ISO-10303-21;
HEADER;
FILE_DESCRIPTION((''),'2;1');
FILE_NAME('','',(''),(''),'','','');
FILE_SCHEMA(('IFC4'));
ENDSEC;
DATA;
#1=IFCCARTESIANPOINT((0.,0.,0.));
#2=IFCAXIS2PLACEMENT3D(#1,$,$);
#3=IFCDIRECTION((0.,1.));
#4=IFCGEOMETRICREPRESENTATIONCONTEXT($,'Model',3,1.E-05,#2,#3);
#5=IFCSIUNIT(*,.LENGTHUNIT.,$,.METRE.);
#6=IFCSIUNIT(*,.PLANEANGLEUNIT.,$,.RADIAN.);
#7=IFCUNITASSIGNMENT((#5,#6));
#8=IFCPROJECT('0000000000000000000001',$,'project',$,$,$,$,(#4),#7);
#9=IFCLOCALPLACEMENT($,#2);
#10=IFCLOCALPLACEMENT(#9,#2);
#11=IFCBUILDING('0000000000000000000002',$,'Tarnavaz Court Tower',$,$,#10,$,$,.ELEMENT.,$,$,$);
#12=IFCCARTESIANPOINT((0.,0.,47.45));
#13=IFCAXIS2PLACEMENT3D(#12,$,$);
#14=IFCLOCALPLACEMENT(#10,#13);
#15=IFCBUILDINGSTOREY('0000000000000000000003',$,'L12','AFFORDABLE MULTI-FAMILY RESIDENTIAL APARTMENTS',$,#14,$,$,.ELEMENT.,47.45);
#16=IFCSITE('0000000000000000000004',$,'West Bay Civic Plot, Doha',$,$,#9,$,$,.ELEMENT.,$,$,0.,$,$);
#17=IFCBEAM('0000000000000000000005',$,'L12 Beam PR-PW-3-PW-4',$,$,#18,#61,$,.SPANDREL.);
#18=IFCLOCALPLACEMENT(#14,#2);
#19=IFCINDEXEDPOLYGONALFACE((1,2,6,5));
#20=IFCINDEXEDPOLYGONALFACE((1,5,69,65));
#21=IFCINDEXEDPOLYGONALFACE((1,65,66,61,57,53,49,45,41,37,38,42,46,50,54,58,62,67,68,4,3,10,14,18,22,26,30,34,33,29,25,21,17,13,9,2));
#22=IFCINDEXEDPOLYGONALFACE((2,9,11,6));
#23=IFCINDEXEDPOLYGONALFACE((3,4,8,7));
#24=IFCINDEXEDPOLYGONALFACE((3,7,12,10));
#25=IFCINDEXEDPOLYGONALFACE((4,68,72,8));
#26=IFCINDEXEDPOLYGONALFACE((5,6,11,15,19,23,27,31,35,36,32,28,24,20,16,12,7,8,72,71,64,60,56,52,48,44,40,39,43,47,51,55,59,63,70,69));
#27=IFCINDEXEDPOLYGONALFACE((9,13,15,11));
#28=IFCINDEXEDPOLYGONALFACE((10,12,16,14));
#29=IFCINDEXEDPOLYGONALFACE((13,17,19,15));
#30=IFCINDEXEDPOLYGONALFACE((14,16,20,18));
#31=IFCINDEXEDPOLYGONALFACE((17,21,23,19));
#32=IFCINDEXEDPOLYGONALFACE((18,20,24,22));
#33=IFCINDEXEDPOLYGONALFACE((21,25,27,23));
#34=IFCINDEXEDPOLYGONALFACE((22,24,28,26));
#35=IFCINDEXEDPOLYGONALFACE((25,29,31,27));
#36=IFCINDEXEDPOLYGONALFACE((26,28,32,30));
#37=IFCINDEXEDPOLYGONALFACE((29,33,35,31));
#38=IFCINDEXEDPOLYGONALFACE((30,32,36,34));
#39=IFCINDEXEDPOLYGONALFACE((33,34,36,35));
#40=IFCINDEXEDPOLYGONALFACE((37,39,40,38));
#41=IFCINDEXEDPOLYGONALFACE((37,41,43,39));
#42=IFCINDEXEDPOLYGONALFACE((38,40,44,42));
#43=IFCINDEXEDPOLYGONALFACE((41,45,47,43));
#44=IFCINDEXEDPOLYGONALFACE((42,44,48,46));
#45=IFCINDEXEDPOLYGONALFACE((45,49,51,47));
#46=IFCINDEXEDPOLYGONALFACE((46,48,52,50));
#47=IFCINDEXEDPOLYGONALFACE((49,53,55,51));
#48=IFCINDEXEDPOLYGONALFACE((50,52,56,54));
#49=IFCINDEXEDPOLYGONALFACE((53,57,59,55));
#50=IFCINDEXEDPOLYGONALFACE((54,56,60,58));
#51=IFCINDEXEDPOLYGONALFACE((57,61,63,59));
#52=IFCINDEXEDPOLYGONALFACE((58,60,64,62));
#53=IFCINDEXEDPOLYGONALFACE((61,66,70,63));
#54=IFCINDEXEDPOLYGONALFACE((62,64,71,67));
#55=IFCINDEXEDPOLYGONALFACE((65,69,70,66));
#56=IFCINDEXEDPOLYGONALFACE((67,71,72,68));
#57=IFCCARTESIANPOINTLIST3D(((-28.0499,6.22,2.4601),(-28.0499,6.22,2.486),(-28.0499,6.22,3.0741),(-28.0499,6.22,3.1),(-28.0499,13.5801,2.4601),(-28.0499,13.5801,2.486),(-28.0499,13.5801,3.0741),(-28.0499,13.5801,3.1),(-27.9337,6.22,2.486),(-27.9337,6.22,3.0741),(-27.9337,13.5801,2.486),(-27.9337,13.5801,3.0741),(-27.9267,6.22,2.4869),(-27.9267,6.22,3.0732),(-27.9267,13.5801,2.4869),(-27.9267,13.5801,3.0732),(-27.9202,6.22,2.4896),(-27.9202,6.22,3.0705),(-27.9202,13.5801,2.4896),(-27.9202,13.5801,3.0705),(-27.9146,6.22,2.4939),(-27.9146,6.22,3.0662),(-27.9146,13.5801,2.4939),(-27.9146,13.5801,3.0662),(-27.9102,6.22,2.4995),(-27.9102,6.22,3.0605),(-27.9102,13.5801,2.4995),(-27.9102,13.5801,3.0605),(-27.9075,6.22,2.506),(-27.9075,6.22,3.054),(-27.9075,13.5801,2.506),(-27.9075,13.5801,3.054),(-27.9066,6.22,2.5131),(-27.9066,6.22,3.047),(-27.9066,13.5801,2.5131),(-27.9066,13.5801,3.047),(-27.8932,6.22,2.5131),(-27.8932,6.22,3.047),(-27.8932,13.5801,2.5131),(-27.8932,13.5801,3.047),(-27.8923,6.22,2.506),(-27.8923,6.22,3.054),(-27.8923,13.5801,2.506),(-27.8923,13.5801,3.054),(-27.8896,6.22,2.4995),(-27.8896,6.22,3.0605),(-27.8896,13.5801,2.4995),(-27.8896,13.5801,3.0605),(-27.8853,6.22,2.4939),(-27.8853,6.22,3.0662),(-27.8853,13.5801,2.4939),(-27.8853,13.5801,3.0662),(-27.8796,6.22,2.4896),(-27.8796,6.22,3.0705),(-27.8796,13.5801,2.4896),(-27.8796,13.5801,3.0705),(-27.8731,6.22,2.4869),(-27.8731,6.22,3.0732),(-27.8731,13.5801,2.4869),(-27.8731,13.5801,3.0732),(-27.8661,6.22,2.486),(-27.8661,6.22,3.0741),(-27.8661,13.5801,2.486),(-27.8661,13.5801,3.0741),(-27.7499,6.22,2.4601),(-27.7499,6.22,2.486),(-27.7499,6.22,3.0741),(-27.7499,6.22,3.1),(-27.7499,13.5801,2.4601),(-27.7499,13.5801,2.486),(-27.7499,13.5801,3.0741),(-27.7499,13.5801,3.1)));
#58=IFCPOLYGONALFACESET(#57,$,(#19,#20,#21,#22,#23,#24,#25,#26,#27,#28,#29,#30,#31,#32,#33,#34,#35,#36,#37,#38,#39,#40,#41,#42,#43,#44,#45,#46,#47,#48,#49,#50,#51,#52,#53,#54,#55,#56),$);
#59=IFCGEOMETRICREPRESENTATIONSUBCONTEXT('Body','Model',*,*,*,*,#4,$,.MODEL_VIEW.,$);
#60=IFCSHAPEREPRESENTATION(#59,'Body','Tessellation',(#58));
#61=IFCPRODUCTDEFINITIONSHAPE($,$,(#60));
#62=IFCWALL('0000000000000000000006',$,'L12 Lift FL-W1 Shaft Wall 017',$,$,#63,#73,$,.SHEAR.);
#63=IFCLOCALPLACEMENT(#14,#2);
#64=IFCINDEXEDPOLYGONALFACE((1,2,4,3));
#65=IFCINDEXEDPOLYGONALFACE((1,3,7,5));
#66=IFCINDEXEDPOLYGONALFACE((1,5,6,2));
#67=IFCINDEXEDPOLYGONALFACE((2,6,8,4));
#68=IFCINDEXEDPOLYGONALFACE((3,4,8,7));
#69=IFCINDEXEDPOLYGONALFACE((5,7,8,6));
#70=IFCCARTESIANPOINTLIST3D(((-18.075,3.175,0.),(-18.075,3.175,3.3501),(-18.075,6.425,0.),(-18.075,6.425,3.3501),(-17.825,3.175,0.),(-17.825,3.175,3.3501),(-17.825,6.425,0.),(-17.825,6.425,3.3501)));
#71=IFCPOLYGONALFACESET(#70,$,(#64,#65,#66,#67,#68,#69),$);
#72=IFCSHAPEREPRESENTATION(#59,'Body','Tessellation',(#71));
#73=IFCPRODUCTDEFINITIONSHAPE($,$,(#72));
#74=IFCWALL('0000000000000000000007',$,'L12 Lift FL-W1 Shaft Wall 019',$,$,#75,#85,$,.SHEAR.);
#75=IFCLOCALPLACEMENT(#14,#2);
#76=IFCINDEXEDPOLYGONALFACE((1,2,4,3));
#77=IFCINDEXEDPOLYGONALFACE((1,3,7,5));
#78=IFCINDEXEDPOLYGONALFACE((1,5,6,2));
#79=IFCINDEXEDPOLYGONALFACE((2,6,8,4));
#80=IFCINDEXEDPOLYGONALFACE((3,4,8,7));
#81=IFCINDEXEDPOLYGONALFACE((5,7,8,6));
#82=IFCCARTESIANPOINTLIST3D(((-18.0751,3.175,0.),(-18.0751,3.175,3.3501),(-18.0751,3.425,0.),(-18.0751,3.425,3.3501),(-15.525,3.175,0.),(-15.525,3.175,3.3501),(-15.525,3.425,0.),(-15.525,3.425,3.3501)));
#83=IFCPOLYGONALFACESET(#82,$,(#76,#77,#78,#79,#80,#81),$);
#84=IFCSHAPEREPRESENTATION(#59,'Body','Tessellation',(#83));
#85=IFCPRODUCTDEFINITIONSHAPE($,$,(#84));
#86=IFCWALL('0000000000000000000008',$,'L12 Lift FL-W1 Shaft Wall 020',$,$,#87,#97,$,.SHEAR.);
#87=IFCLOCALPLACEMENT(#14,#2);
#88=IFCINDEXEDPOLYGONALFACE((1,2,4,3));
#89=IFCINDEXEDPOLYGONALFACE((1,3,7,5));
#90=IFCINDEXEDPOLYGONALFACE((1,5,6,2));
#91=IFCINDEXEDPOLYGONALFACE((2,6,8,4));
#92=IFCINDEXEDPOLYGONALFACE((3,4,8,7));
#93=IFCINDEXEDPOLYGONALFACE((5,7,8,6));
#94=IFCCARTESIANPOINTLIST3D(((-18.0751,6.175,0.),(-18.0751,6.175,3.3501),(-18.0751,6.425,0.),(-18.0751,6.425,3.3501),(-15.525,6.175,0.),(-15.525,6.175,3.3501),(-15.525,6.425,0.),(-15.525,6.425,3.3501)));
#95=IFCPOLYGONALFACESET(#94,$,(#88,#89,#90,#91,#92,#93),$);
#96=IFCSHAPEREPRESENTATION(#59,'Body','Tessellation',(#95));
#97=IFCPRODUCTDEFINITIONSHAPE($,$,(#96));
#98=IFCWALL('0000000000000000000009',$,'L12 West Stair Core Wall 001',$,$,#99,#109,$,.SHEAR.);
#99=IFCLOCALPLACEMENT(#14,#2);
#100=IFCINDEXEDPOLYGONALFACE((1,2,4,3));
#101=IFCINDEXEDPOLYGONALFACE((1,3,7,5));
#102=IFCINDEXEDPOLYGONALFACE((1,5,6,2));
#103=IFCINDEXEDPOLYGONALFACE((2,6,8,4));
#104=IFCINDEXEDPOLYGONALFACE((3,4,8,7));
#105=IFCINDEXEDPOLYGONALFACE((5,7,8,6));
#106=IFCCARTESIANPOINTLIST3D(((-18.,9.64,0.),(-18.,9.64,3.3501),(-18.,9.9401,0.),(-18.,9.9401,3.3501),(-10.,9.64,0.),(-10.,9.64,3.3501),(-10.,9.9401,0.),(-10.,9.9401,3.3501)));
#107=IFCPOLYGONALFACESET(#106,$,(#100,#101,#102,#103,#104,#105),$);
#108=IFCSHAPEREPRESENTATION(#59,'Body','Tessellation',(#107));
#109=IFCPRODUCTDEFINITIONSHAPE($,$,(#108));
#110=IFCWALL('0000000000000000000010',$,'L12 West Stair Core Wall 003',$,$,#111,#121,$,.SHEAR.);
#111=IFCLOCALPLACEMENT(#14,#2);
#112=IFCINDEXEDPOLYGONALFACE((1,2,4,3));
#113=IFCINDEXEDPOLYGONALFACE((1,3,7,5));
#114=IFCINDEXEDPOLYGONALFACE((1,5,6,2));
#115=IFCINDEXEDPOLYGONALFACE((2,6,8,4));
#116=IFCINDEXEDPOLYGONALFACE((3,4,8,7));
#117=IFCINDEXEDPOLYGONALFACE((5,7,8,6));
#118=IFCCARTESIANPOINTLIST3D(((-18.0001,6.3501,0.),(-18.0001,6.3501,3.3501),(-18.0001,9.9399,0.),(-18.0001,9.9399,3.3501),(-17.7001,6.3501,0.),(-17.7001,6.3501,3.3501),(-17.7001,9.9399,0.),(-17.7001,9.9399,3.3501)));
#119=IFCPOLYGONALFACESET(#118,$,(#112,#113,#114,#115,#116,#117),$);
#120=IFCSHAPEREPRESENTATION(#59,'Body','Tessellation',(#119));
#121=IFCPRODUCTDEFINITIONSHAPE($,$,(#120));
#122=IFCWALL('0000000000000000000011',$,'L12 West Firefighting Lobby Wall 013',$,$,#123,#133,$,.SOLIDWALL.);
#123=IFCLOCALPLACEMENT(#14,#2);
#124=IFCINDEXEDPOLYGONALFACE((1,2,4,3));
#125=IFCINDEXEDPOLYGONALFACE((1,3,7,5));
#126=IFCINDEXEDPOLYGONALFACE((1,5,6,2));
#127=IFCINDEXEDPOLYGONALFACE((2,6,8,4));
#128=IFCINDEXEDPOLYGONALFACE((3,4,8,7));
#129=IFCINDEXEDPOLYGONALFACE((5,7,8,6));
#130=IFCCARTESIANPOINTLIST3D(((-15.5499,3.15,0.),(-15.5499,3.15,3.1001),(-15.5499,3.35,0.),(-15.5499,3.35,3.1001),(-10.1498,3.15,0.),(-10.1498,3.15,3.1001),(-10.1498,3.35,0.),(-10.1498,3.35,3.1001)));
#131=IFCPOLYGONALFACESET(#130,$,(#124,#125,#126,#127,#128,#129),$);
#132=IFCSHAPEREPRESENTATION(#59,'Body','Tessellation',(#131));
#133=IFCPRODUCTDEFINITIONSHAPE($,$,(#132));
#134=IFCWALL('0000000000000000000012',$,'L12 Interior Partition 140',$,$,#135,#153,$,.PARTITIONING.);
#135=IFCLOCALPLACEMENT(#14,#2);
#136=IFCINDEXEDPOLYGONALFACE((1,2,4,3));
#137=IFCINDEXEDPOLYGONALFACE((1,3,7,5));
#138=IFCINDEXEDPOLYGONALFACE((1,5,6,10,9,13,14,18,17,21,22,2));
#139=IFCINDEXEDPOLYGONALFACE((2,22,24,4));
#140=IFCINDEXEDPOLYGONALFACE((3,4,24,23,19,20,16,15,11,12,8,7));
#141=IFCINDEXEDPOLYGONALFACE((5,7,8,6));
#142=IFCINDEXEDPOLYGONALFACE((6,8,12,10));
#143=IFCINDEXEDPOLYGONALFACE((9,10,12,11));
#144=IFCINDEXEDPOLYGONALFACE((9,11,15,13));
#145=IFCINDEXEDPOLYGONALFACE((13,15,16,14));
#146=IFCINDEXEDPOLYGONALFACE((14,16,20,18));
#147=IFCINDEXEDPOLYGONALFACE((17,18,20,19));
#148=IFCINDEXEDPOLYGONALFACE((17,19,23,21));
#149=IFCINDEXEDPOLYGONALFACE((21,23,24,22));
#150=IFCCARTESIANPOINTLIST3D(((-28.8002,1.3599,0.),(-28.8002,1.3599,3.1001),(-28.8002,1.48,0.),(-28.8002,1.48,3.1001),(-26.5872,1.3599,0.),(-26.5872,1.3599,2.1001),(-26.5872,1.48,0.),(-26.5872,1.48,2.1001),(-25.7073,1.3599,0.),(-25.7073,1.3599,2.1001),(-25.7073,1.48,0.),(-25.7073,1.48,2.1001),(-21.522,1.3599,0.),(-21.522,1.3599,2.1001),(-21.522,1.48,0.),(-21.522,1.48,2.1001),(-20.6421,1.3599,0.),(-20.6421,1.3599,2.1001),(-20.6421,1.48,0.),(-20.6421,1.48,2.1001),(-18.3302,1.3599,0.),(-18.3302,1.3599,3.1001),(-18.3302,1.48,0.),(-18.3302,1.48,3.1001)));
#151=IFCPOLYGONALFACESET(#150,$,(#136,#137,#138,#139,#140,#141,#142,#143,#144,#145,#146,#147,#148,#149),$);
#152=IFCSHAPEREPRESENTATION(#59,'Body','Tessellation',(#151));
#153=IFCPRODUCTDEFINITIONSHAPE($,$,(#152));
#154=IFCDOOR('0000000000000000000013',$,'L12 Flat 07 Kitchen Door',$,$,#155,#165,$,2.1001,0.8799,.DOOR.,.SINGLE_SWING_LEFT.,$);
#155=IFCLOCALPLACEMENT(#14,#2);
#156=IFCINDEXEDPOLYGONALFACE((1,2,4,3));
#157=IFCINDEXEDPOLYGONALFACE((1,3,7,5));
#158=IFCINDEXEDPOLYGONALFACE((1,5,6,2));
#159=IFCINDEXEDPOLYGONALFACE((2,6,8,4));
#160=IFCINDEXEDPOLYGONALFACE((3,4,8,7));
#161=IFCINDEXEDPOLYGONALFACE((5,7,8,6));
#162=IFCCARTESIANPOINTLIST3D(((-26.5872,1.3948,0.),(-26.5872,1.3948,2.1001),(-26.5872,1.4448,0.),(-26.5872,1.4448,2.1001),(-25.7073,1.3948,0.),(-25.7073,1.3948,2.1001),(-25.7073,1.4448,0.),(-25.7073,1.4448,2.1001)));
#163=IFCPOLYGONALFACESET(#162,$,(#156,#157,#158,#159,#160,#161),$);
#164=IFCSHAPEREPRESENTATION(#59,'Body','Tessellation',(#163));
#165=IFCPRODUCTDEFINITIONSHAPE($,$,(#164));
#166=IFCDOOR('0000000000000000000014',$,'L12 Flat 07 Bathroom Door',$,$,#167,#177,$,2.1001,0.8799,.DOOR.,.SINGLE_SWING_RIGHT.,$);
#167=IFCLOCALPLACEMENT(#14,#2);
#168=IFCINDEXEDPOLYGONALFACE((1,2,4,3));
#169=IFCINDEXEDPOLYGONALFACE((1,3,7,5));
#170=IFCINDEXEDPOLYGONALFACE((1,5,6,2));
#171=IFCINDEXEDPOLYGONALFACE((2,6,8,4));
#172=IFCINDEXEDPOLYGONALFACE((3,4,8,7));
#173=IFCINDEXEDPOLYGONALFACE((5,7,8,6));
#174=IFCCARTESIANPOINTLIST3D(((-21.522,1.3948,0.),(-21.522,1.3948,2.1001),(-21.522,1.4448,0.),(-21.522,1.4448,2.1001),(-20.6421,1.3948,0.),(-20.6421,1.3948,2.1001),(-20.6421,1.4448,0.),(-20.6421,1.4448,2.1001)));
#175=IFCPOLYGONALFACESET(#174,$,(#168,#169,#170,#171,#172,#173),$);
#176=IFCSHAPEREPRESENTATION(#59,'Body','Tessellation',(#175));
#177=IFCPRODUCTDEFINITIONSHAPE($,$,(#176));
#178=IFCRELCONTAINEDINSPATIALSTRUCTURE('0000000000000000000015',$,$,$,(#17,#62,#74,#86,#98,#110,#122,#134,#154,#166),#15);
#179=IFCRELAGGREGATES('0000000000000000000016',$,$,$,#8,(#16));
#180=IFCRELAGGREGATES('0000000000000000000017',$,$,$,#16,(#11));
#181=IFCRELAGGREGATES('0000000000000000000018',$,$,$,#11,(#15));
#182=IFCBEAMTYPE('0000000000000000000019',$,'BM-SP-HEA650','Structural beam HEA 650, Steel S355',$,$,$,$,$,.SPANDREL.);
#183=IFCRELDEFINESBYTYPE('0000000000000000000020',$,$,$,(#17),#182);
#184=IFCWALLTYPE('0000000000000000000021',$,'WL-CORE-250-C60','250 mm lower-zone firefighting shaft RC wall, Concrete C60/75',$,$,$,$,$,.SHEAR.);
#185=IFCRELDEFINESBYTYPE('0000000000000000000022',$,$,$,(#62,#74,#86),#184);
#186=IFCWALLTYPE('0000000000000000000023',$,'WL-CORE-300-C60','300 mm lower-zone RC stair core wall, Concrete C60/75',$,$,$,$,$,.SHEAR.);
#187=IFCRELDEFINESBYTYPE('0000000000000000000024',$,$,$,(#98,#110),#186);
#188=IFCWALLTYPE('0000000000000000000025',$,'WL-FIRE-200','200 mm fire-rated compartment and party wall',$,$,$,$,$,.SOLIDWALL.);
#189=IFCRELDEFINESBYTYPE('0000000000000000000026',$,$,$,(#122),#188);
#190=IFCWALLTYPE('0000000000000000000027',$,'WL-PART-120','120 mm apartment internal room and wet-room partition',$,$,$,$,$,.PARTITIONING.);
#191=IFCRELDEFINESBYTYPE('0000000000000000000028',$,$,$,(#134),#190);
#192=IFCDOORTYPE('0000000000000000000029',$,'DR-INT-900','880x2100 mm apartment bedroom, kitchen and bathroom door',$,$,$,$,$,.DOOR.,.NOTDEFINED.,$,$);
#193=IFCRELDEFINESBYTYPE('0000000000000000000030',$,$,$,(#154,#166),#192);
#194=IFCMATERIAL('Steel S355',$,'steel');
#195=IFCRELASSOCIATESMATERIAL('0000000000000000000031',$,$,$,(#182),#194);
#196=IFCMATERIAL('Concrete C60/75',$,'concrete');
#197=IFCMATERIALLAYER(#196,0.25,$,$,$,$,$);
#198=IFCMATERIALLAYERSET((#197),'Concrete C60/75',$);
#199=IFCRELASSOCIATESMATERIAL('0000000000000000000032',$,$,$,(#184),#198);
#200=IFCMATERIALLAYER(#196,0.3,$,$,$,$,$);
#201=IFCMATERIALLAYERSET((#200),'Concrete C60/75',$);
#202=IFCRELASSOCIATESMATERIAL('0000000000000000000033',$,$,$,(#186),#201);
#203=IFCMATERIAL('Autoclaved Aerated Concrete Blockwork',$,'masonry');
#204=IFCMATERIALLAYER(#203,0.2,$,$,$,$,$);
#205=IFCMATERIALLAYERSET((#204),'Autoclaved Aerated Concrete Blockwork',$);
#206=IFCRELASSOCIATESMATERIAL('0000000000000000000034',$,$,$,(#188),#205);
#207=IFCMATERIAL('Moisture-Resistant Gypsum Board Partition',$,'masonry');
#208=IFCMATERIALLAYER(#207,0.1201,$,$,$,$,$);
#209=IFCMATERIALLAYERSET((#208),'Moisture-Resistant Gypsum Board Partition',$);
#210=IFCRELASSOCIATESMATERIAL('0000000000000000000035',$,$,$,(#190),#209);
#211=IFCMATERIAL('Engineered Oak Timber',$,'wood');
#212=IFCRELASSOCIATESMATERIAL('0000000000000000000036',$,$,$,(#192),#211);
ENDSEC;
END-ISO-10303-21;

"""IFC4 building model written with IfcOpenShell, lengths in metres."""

from ifc_helpers import new_model, si_unit, direction, frame, frame_2d, origin, origin_2d, place, context, subcontext, project, spatial, rectangle, i_section, extrude, material, layer, layer_set, material_profile, profile_set, type_object, element, fill, save


model = new_model("IFC4")

# Units and contexts
model_context = context("Model", 3, precision=1e-05, world=origin(), true_north=direction((0.0, 1.0)))
body_context = subcontext(model_context, "Body", "Model", "MODEL_VIEW")
ifc_project = project(units=[si_unit("LENGTHUNIT", "METRE"), si_unit("PLANEANGLEUNIT", "RADIAN")], contexts=[model_context])

# Site, building, storey
site_placement = place(None, origin())
site = spatial("IfcSite", under=ifc_project, at=site_placement, Name="West Bay Civic Plot, Doha", CompositionType="ELEMENT", RefElevation=0.0)
building_placement = place(site_placement, origin())
building = spatial("IfcBuilding", under=site, at=building_placement, Name="Tarnavaz Court Tower", CompositionType="ELEMENT")
storey_placement = place(building_placement, frame((0.0, 0.0, 47.45)))
storey = spatial("IfcBuildingStorey", under=building, at=storey_placement, Name="L12", Description="AFFORDABLE MULTI-FAMILY RESIDENTIAL APARTMENTS", CompositionType="ELEMENT", Elevation=47.45)

# Shared definitions
ifc_material_1 = material(Name="Concrete C60/75", Category="concrete")

# Beam
ifc_material_2 = material(Name="Steel S355", Category="steel")
ifc_material_profile_1 = material_profile(ifc_material_2, i_section(OverallWidth=0.3, OverallDepth=0.6399, WebThickness=0.0134, FlangeThickness=0.0259, FilletRadius=0.0271, at=origin_2d()), Name="HEA 650")
ifc_profile_set_1 = profile_set([ifc_material_profile_1], Name="Steel S355")
beam_type_1 = type_object("IfcBeamType", Name="BM-SP-HEA650", Description="Structural beam HEA 650, Steel S355", PredefinedType="SPANDREL", material=ifc_profile_set_1)
beam_1_placement = place(storey_placement, frame((-27.8999, 6.22, 2.78), z_axis=(0.0, 1.0, 0.0), x_axis=(-1.0, 0.0, 0.0)))
element("IfcBeam", 1, at=beam_1_placement, inside=storey, type_object=beam_type_1, Name="L12 Beam PR-PW-3-PW-4", PredefinedType="SPANDREL", context=body_context, shape_type="SweptSolid", body=[
    extrude(i_section(OverallWidth=0.3, OverallDepth=0.6399, WebThickness=0.0134, FlangeThickness=0.0259, FilletRadius=0.0271, at=origin_2d()), origin(), (0.0, 0.0, 1.0), 7.3601),
])

# Wall
ifc_layer_1 = layer(ifc_material_1, 0.25)
ifc_layer_set_1 = layer_set([ifc_layer_1], Name="Concrete C60/75")
wall_type_1 = type_object("IfcWallType", Name="WL-CORE-250-C60", Description="250 mm lower-zone firefighting shaft RC wall, Concrete C60/75", PredefinedType="SHEAR", material=ifc_layer_set_1)
wall_1_placement = place(storey_placement, frame((-17.95, 3.175, 0.0), z_axis=(0.0, 0.0, 1.0), x_axis=(0.0, 1.0, 0.0)))
element("IfcWall", 2, at=wall_1_placement, inside=storey, type_object=wall_type_1, Name="L12 Lift FL-W1 Shaft Wall 017", PredefinedType="SHEAR", context=body_context, shape_type="SweptSolid", body=[
    extrude(rectangle(XDim=3.25, YDim=0.25, at=frame_2d((1.625, 0.0))), origin(), (0.0, 0.0, 1.0), 3.3501),
])

# Walls
for number, where, z_axis, x_axis, name in (
    (3, (-18.075, 3.3, 0.0), (0.0, 0.0, 1.0), (1.0, 0.0, 0.0), "L12 Lift FL-W1 Shaft Wall 019"),
    (4, (-18.075, 6.3, 0.0), (0.0, 0.0, 1.0), (1.0, 0.0, 0.0), "L12 Lift FL-W1 Shaft Wall 020"),
):
    element("IfcWall", number, at=place(storey_placement, frame(where, z_axis=z_axis, x_axis=x_axis)), inside=storey, type_object=wall_type_1, Name=name, PredefinedType="SHEAR", context=body_context, shape_type="SweptSolid", body=[
        extrude(rectangle(XDim=2.55, YDim=0.25, at=frame_2d((1.2749, 0.0))), origin(), (0.0, 0.0, 1.0), 3.3501),
    ])
ifc_layer_2 = layer(ifc_material_1, 0.3)
ifc_layer_set_2 = layer_set([ifc_layer_2], Name="Concrete C60/75")
wall_type_2 = type_object("IfcWallType", Name="WL-CORE-300-C60", Description="300 mm lower-zone RC stair core wall, Concrete C60/75", PredefinedType="SHEAR", material=ifc_layer_set_2)
wall_2_placement = place(storey_placement, frame((-18.0, 9.79, 0.0), z_axis=(0.0, 0.0, 1.0), x_axis=(1.0, 0.0, 0.0)))
element("IfcWall", 5, at=wall_2_placement, inside=storey, type_object=wall_type_2, Name="L12 West Stair Core Wall 001", PredefinedType="SHEAR", context=body_context, shape_type="SweptSolid", body=[
    extrude(rectangle(XDim=8.0, YDim=0.3, at=frame_2d((4.0, 0.0))), origin(), (0.0, 0.0, 1.0), 3.3501),
])

# Walls
wall_3_placement = place(storey_placement, frame((-17.8501, 6.3501, 0.0), z_axis=(0.0, 0.0, 1.0), x_axis=(0.0, 1.0, 0.0)))
element("IfcWall", 6, at=wall_3_placement, inside=storey, type_object=wall_type_2, Name="L12 West Stair Core Wall 003", PredefinedType="SHEAR", context=body_context, shape_type="SweptSolid", body=[
    extrude(rectangle(XDim=3.5898, YDim=0.3, at=frame_2d((1.7949, 0.0))), origin(), (0.0, 0.0, 1.0), 3.3501),
])
ifc_material_3 = material(Name="Autoclaved Aerated Concrete Blockwork", Category="masonry")
ifc_layer_3 = layer(ifc_material_3, 0.2)
ifc_layer_set_3 = layer_set([ifc_layer_3], Name="Autoclaved Aerated Concrete Blockwork")
wall_type_3 = type_object("IfcWallType", Name="WL-FIRE-200", Description="200 mm fire-rated compartment and party wall", PredefinedType="SOLIDWALL", material=ifc_layer_set_3)
wall_4_placement = place(storey_placement, frame((-15.55, 3.25, 0.0), z_axis=(0.0, 0.0, 1.0), x_axis=(1.0, 0.0, 0.0)))
element("IfcWall", 7, at=wall_4_placement, inside=storey, type_object=wall_type_3, Name="L12 West Firefighting Lobby Wall 013", PredefinedType="SOLIDWALL", context=body_context, shape_type="SweptSolid", body=[
    extrude(rectangle(XDim=5.4001, YDim=0.2, at=frame_2d((2.7002, 0.0))), origin(), (0.0, 0.0, 1.0), 3.1001),
])

# Wall, openings, doors
ifc_material_4 = material(Name="Moisture-Resistant Gypsum Board Partition", Category="masonry")
ifc_layer_4 = layer(ifc_material_4, 0.1201)
ifc_layer_set_4 = layer_set([ifc_layer_4], Name="Moisture-Resistant Gypsum Board Partition")
wall_type_4 = type_object("IfcWallType", Name="WL-PART-120", Description="120 mm apartment internal room and wet-room partition", PredefinedType="PARTITIONING", material=ifc_layer_set_4)
wall_5_placement = place(storey_placement, frame((-28.8, 1.4199, 0.0), z_axis=(0.0, 0.0, 1.0), x_axis=(1.0, 0.0, 0.0)))
wall_5 = element("IfcWall", 8, at=wall_5_placement, inside=storey, type_object=wall_type_4, Name="L12 Interior Partition 140", PredefinedType="PARTITIONING", context=body_context, shape_type="SweptSolid", body=[
    extrude(rectangle(XDim=10.47, YDim=0.1201, at=frame_2d((5.2349, 0.0))), origin(), (0.0, 0.0, 1.0), 3.1001),
])
opening_1_placement = place(wall_5_placement, frame((2.2129, 0.0, 0.0)))
opening_1 = element("IfcOpeningElement", 9, at=opening_1_placement, cuts=wall_5, PredefinedType="OPENING", context=body_context, shape_type="SweptSolid", body=[
    extrude(rectangle(XDim=0.8799, YDim=2.1001, at=frame_2d((0.4399, 1.05))), frame((0.0, 0.0701, 0.0), z_axis=(0.0, -1.0, 0.0), x_axis=(1.0, 0.0, 0.0)), (0.0, 0.0, 1.0), 0.1401),
])
opening_2_placement = place(wall_5_placement, frame((7.2781, 0.0, 0.0)))
opening_2 = element("IfcOpeningElement", 10, at=opening_2_placement, cuts=wall_5, PredefinedType="OPENING", context=body_context, shape_type="SweptSolid", body=[
    extrude(rectangle(XDim=0.8799, YDim=2.1001, at=frame_2d((0.4399, 1.05))), frame((0.0, 0.0701, 0.0), z_axis=(0.0, -1.0, 0.0), x_axis=(1.0, 0.0, 0.0)), (0.0, 0.0, 1.0), 0.1401),
])
ifc_material_5 = material(Name="Engineered Oak Timber", Category="wood")
door_type_1 = type_object("IfcDoorType", Name="DR-INT-900", Description="880x2100 mm apartment bedroom, kitchen and bathroom door", OperationType="NOTDEFINED", PredefinedType="DOOR", material=ifc_material_5)
door_1_placement = place(opening_1_placement, origin())
door_1 = element("IfcDoor", 11, at=door_1_placement, inside=storey, type_object=door_type_1, Name="L12 Flat 07 Kitchen Door", OperationType="SINGLE_SWING_LEFT", OverallHeight=2.1001, OverallWidth=0.8799, PredefinedType="DOOR", context=body_context, shape_type="SweptSolid", body=[
    extrude(rectangle(XDim=0.8799, YDim=2.1001, at=frame_2d((0.4399, 1.05))), frame((0.0, 0.0249, 0.0), z_axis=(0.0, -1.0, 0.0), x_axis=(1.0, 0.0, 0.0)), (0.0, 0.0, 1.0), 0.05),
])
fill(opening_1, door_1)
door_2_placement = place(opening_2_placement, origin())
door_2 = element("IfcDoor", 12, at=door_2_placement, inside=storey, type_object=door_type_1, Name="L12 Flat 07 Bathroom Door", OperationType="SINGLE_SWING_RIGHT", OverallHeight=2.1001, OverallWidth=0.8799, PredefinedType="DOOR", context=body_context, shape_type="SweptSolid", body=[
    extrude(rectangle(XDim=0.8799, YDim=2.1001, at=frame_2d((0.4399, 1.05))), frame((0.0, 0.0249, 0.0), z_axis=(0.0, -1.0, 0.0), x_axis=(1.0, 0.0, 0.0)), (0.0, 0.0, 1.0), 0.05),
])
fill(opening_2, door_2)

save(model, "model.ifc")
